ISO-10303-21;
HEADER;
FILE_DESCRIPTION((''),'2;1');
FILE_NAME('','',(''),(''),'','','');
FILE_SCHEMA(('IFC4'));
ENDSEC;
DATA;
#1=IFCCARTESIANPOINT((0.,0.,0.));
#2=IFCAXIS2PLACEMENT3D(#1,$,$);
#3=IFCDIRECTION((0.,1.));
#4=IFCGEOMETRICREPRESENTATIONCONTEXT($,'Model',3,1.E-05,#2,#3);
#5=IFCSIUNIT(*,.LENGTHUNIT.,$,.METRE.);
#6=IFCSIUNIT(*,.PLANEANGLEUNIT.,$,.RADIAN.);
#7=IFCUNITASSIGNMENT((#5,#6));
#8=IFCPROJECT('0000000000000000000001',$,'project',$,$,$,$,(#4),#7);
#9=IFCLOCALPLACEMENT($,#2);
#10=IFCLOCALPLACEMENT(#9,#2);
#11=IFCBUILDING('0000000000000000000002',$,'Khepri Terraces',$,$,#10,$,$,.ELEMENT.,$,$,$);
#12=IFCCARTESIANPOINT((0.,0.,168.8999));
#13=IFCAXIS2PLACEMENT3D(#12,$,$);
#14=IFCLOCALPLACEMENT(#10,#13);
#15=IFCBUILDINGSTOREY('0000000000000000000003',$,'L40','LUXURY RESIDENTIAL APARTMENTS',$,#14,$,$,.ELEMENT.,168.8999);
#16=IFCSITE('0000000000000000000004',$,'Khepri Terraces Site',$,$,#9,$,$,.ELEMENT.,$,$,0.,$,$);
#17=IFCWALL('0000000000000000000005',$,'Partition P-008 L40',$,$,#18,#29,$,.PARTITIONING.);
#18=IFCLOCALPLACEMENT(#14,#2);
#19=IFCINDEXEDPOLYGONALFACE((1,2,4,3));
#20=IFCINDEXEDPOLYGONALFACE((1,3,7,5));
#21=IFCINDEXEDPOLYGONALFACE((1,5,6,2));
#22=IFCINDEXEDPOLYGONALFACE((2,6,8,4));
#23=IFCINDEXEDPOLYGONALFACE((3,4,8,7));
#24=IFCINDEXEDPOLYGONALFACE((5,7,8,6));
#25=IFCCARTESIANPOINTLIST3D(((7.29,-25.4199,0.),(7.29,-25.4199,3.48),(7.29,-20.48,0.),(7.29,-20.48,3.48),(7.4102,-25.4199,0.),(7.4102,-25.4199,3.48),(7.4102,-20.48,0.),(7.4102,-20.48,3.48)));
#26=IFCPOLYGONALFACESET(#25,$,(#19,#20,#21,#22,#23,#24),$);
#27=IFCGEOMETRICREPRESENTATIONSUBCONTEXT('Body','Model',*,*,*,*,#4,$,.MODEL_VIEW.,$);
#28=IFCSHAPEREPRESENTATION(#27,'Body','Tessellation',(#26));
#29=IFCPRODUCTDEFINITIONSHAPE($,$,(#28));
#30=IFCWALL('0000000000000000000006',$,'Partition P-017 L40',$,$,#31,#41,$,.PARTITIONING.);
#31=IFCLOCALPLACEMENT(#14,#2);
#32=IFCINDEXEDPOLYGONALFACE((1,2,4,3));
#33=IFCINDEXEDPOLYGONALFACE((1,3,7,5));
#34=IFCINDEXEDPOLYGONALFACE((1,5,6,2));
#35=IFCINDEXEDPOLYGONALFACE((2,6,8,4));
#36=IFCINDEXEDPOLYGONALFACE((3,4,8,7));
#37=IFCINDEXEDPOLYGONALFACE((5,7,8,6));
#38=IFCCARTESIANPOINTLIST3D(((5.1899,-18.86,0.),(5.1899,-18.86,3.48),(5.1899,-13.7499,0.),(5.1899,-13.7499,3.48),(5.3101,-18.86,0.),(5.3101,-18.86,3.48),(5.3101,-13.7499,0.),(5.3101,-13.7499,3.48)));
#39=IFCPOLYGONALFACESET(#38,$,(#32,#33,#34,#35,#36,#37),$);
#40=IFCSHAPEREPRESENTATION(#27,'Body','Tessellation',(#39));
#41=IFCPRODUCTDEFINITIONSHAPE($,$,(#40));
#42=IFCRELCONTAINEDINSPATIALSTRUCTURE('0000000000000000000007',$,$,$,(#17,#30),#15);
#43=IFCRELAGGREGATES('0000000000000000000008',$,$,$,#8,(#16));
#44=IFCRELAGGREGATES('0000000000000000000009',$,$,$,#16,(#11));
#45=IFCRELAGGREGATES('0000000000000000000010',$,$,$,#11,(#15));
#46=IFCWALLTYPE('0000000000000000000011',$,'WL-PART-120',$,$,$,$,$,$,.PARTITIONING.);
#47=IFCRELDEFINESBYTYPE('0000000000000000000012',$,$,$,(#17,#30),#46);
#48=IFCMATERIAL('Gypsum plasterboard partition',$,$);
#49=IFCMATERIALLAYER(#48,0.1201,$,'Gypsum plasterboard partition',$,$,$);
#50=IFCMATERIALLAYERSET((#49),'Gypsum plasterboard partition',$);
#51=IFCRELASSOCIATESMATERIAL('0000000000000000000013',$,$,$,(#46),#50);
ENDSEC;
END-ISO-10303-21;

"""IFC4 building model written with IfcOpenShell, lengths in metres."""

from ifc_helpers import new_model, si_unit, direction, frame, frame_2d, origin, place, context, subcontext, project, spatial, rectangle, extrude, material, layer, layer_set, type_object, element, save


model = new_model("IFC4")

# Units and contexts
model_context = context("Model", 3, precision=1e-05, world=origin(), true_north=direction((0.0, 1.0)))
body_context = subcontext(model_context, "Body", "Model", "MODEL_VIEW")
ifc_project = project(units=[si_unit("LENGTHUNIT", "METRE"), si_unit("PLANEANGLEUNIT", "RADIAN")], contexts=[model_context])

# Site, building, storey
site_placement = place(None, origin())
site = spatial("IfcSite", under=ifc_project, at=site_placement, Name="Khepri Terraces Site", CompositionType="ELEMENT", RefElevation=0.0)
building_placement = place(site_placement, origin())
building = spatial("IfcBuilding", under=site, at=building_placement, Name="Khepri Terraces", CompositionType="ELEMENT")
storey_placement = place(building_placement, frame((0.0, 0.0, 168.8999)))
storey = spatial("IfcBuildingStorey", under=building, at=storey_placement, Name="L40", Description="LUXURY RESIDENTIAL APARTMENTS", CompositionType="ELEMENT", Elevation=168.8999)

# Shared definitions
ifc_material_1 = material(Name="Gypsum plasterboard partition")
ifc_layer_1 = layer(ifc_material_1, 0.1201, Name="Gypsum plasterboard partition")
ifc_layer_set_1 = layer_set([ifc_layer_1], Name="Gypsum plasterboard partition")
wall_type_1 = type_object("IfcWallType", Name="WL-PART-120", PredefinedType="PARTITIONING", material=ifc_layer_set_1)

# Walls
wall_1_placement = place(storey_placement, frame((7.3501, -25.4199, 0.0), z_axis=(0.0, 0.0, 1.0), x_axis=(0.0, 1.0, 0.0)))
element("IfcWall", 1, at=wall_1_placement, inside=storey, type_object=wall_type_1, Name="Partition P-008 L40", PredefinedType="PARTITIONING", context=body_context, shape_type="SweptSolid", body=[
    extrude(rectangle(XDim=4.9399, YDim=0.1201, at=frame_2d((2.47, 0.0))), origin(), (0.0, 0.0, 1.0), 3.48),
])
wall_2_placement = place(storey_placement, frame((5.25, -18.8601, 0.0), z_axis=(0.0, 0.0, 1.0), x_axis=(0.0, 1.0, 0.0)))
element("IfcWall", 2, at=wall_2_placement, inside=storey, type_object=wall_type_1, Name="Partition P-017 L40", PredefinedType="PARTITIONING", context=body_context, shape_type="SweptSolid", body=[
    extrude(rectangle(XDim=5.1101, YDim=0.1201, at=frame_2d((2.5552, 0.0))), origin(), (0.0, 0.0, 1.0), 3.48),
])

save(model, "model.ifc")
